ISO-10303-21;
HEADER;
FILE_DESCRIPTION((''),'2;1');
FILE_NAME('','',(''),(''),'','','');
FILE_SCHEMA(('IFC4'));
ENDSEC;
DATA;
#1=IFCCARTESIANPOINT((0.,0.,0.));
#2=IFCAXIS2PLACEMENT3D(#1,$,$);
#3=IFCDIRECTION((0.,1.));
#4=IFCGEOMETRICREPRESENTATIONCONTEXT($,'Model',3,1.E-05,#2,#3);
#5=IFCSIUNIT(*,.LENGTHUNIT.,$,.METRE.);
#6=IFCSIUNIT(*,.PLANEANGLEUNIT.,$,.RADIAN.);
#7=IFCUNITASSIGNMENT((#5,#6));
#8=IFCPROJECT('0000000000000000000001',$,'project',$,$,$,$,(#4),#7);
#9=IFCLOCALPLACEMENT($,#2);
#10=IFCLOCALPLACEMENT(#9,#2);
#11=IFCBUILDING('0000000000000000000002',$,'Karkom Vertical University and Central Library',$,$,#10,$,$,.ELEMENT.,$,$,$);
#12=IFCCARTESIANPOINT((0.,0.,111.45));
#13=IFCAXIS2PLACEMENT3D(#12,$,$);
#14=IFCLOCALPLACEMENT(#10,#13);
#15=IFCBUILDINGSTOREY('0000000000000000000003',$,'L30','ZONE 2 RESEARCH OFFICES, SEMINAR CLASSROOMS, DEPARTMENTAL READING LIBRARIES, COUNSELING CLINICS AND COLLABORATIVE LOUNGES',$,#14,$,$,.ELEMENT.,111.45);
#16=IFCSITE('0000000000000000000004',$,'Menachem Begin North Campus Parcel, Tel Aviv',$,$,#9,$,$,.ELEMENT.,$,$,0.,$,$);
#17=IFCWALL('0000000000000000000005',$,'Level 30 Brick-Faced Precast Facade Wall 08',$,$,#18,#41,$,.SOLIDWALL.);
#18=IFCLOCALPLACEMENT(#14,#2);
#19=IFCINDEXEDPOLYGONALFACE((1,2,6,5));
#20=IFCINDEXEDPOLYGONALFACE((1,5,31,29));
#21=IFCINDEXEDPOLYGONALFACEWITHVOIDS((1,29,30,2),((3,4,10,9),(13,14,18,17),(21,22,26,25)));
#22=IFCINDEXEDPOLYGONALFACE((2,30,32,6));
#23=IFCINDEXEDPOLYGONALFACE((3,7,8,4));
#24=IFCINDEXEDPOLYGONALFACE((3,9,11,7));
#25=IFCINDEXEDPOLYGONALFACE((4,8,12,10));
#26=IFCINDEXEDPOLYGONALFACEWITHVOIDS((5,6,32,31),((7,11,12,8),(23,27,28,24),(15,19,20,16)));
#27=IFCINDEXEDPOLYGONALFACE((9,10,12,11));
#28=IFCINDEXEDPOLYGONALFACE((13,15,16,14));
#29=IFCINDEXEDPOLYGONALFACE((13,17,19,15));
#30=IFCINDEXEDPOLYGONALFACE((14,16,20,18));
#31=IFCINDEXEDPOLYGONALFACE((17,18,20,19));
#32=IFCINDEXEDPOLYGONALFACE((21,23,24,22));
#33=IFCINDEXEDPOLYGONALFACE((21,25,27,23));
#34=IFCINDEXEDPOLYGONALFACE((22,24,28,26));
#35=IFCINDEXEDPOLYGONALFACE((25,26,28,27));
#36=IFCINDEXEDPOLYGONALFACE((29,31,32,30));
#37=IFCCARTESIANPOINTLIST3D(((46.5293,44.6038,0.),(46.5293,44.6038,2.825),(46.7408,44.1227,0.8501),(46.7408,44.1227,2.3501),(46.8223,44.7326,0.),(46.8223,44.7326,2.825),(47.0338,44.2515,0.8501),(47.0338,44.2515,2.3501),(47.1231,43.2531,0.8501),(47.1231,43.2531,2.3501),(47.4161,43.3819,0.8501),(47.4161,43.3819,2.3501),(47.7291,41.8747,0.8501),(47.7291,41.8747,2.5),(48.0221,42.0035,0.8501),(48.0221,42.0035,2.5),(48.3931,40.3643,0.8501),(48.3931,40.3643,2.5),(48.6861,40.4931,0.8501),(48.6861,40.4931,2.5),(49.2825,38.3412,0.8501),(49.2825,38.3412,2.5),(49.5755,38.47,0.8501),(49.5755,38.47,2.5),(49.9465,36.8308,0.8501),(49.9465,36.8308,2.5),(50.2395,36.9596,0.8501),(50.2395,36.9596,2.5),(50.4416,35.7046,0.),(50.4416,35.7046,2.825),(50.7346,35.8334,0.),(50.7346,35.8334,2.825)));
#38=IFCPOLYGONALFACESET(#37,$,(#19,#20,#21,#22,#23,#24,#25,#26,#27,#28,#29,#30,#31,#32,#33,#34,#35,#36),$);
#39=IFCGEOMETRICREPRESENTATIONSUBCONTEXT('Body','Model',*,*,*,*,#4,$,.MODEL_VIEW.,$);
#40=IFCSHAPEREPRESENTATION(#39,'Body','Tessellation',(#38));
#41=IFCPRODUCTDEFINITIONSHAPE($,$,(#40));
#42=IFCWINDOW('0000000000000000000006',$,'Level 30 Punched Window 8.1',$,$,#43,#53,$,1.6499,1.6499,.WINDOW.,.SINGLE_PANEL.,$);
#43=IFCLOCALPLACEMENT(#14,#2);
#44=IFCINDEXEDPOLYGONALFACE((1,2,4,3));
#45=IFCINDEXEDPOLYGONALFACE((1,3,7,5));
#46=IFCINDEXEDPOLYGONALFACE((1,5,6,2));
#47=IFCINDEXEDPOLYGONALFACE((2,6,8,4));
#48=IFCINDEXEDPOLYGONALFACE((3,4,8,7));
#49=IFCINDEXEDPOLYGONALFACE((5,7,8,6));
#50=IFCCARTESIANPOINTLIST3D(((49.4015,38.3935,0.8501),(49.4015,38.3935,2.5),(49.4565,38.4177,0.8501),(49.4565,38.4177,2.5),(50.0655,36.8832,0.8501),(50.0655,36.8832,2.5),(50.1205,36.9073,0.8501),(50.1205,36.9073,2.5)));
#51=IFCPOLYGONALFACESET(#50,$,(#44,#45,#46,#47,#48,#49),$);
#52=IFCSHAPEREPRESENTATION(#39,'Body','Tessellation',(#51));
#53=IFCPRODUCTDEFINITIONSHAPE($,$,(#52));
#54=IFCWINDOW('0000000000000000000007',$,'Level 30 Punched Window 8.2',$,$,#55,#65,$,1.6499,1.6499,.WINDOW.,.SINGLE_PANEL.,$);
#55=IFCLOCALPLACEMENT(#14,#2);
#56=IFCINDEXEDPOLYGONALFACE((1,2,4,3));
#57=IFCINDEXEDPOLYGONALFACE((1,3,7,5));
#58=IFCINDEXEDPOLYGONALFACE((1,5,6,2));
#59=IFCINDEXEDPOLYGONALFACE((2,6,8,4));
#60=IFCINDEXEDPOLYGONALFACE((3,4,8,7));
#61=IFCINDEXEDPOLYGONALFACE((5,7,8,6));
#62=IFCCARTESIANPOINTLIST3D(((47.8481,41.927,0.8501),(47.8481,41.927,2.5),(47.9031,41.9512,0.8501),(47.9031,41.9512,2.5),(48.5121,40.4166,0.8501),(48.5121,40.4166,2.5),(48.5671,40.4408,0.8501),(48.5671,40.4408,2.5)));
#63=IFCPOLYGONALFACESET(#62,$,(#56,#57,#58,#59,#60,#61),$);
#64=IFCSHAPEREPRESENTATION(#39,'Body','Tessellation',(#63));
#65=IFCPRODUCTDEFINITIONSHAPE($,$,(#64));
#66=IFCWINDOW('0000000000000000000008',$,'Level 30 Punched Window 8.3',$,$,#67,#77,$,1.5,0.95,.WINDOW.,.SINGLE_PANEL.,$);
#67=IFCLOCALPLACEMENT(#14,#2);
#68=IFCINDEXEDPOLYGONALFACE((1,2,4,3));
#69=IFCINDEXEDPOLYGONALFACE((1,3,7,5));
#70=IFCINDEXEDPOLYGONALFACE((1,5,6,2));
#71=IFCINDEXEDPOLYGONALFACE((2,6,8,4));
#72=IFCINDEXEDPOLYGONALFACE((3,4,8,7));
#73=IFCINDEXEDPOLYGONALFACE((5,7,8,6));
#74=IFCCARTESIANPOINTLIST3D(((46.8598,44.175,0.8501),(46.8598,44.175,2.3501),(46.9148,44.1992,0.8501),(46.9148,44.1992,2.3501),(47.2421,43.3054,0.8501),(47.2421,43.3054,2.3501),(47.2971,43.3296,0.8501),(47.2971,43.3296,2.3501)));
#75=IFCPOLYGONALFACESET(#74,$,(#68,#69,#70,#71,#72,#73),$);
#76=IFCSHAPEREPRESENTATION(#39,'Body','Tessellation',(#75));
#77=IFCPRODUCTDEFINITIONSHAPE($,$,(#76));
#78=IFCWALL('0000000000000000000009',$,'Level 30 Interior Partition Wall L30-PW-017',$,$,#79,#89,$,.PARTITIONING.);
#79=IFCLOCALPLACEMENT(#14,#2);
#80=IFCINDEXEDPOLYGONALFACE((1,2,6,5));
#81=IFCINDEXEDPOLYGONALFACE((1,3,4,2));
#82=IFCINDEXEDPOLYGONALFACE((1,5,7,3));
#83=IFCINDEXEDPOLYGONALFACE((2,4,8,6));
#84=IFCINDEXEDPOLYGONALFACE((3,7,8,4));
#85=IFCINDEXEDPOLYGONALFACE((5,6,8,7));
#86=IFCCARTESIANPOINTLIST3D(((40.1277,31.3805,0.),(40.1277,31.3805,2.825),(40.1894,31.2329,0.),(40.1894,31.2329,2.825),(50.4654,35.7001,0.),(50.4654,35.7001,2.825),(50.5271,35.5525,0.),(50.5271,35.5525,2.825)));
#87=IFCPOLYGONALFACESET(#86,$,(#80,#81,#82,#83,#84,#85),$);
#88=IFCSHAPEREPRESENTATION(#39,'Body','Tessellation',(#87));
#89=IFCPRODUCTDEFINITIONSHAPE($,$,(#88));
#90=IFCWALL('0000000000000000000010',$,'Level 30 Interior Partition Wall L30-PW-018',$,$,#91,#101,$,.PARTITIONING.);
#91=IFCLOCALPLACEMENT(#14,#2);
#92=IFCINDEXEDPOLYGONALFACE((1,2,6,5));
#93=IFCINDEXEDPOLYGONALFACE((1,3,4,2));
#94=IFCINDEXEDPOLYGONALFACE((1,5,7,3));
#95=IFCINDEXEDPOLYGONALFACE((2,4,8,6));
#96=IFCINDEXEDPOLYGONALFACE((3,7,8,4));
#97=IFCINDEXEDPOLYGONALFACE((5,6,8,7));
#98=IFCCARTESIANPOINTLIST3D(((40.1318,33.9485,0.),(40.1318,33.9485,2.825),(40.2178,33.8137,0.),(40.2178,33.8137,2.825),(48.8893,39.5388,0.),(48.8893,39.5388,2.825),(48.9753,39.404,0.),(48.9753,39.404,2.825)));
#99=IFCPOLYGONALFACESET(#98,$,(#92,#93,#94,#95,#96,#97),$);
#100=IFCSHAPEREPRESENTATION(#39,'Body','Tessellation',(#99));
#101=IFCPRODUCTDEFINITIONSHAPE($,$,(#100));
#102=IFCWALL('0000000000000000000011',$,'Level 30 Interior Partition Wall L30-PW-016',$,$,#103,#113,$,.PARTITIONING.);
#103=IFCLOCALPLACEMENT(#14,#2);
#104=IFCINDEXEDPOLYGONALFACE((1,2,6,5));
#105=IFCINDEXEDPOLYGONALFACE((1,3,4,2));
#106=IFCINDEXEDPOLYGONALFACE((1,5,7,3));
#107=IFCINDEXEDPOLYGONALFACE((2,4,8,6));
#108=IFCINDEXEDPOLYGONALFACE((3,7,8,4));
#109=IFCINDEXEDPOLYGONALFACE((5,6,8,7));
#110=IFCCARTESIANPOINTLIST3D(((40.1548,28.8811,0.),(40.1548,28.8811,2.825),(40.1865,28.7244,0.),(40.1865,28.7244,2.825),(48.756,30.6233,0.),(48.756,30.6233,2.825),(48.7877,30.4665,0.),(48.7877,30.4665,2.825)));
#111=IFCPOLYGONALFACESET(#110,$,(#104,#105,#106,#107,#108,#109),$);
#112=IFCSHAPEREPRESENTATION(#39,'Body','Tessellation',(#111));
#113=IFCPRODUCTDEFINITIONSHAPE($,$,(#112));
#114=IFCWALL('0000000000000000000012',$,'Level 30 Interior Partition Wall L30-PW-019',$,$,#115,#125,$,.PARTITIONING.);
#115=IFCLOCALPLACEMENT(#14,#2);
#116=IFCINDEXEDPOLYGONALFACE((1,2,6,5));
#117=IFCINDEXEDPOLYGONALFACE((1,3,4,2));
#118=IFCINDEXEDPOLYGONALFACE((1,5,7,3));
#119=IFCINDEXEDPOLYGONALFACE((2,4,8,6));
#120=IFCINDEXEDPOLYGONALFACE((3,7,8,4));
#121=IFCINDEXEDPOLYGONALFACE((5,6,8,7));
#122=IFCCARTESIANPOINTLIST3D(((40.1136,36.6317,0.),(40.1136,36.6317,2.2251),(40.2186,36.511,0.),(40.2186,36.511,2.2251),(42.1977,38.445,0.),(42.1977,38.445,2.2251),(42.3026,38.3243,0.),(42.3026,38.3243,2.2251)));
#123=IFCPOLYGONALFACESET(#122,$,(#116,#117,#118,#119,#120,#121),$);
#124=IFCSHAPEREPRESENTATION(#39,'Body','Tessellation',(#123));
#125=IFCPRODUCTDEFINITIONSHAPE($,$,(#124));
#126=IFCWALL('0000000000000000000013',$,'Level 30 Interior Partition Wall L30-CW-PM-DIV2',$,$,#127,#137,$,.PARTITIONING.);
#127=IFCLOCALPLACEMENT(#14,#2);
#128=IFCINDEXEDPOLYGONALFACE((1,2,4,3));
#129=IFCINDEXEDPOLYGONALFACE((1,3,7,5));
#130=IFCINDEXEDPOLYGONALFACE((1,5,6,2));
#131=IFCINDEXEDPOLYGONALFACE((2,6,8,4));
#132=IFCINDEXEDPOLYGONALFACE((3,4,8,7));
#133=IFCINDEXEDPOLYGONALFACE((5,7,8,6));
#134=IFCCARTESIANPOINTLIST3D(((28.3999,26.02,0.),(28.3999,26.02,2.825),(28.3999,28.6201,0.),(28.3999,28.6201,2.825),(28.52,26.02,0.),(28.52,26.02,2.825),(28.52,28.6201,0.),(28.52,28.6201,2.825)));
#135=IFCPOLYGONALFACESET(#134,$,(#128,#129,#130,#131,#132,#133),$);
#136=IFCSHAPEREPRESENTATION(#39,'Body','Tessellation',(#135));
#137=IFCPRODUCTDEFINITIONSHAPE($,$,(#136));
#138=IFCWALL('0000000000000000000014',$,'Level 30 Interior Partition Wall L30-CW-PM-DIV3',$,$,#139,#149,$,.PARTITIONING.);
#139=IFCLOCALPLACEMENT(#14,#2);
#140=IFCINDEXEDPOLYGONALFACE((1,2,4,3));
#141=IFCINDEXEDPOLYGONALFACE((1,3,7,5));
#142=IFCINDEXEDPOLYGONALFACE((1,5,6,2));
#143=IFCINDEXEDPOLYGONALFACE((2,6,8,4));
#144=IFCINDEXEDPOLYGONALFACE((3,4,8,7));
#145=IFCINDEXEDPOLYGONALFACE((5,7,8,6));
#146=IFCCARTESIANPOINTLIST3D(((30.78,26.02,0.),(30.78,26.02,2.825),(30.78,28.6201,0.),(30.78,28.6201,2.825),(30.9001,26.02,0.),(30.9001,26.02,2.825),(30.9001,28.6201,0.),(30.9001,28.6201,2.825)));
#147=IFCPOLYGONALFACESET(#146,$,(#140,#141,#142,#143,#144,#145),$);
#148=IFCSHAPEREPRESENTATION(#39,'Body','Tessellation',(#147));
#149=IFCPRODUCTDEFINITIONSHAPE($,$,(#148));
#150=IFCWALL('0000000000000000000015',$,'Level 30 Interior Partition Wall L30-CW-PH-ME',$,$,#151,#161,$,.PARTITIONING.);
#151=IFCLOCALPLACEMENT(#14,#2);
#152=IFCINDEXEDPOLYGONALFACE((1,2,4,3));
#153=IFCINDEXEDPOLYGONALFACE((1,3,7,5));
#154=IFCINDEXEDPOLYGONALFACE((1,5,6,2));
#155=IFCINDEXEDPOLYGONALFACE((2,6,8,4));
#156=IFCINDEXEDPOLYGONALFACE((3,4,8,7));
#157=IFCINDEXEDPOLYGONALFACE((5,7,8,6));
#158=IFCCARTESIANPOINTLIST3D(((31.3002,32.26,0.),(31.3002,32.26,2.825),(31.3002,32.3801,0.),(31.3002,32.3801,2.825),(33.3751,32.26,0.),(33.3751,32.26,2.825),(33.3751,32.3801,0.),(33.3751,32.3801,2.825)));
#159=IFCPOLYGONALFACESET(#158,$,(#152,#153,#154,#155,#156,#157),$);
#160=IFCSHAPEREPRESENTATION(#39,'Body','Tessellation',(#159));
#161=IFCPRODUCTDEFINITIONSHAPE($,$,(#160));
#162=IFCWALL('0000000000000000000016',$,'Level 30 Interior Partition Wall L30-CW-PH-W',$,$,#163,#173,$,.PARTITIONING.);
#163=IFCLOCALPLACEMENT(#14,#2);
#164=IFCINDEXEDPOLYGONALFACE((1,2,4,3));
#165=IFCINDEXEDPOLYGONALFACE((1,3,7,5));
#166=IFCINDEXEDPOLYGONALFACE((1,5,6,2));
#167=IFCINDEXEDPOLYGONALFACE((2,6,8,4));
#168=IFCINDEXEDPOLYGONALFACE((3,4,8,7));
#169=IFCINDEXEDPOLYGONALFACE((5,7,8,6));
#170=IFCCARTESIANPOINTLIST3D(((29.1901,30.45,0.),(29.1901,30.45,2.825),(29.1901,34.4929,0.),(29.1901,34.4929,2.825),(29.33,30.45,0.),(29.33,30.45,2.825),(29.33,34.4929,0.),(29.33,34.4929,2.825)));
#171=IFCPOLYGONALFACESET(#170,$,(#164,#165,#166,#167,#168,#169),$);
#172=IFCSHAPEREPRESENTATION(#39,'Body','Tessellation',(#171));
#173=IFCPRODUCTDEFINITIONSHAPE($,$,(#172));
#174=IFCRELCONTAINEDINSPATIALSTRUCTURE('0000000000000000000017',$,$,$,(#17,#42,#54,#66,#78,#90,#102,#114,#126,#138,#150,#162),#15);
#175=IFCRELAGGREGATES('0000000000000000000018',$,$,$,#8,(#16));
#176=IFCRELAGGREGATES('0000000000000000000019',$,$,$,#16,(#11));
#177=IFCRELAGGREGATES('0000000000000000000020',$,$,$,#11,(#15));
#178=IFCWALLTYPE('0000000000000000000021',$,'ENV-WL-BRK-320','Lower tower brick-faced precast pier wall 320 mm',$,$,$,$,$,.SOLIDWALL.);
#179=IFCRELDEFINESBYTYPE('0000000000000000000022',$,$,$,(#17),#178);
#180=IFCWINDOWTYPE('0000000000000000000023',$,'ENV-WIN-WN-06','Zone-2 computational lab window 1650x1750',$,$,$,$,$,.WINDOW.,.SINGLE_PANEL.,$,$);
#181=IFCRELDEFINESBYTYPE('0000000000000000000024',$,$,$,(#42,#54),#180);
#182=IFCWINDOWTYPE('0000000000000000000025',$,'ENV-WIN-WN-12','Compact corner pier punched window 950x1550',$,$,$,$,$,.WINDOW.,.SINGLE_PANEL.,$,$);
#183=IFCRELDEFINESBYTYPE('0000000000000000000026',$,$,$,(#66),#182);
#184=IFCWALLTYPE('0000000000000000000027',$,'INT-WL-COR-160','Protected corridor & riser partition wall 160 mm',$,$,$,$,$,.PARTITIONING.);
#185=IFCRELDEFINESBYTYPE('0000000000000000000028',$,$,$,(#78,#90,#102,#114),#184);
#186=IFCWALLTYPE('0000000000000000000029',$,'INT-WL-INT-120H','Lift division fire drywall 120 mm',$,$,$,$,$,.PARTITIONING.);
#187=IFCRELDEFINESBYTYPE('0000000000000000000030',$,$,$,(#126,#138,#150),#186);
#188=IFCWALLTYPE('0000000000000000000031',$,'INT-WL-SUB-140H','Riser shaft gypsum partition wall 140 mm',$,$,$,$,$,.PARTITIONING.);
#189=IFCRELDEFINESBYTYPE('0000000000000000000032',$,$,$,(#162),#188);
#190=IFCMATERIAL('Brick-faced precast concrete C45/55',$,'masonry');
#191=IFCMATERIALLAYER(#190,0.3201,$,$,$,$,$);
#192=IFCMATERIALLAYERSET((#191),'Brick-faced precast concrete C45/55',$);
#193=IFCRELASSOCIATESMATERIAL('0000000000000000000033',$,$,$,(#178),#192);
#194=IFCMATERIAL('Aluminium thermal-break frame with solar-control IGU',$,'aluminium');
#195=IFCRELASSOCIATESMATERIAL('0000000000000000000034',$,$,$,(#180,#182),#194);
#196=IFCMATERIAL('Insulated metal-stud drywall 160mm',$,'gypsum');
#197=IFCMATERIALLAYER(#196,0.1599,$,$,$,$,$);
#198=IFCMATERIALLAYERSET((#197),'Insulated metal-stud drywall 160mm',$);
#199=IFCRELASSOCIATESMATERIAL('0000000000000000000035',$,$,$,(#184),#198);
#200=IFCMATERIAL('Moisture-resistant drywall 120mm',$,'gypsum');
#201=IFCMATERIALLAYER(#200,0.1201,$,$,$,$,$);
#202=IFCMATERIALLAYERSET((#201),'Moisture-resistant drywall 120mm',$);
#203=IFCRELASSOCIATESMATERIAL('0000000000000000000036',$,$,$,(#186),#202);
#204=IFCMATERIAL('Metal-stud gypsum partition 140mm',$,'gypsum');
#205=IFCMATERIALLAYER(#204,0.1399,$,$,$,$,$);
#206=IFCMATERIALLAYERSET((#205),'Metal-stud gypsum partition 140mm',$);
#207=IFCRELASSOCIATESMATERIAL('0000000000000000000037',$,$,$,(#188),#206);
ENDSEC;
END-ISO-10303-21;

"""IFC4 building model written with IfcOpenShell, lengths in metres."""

from ifc_helpers import new_model, si_unit, direction, frame, frame_2d, origin, origin_with_axes, place, context, subcontext, project, spatial, rectangle, extrude, source, transform, mapped, material, layer, layer_set, type_object, element, fill, save


model = new_model("IFC4")

# Units and contexts
model_context = context("Model", 3, precision=1e-05, world=origin(), true_north=direction((0.0, 1.0)))
body_context = subcontext(model_context, "Body", "Model", "MODEL_VIEW")
ifc_project = project(units=[si_unit("LENGTHUNIT", "METRE"), si_unit("PLANEANGLEUNIT", "RADIAN")], contexts=[model_context])

# Site, building, storey
site_placement = place(None, origin())
site = spatial("IfcSite", under=ifc_project, at=site_placement, Name="Menachem Begin North Campus Parcel, Tel Aviv", CompositionType="ELEMENT", RefElevation=0.0)
building_placement = place(site_placement, origin())
building = spatial("IfcBuilding", under=site, at=building_placement, Name="Karkom Vertical University and Central Library", CompositionType="ELEMENT")
storey_placement = place(building_placement, frame((0.0, 0.0, 111.45)))
storey = spatial("IfcBuildingStorey", under=building, at=storey_placement, Name="L30", Description="ZONE 2 RESEARCH OFFICES, SEMINAR CLASSROOMS, DEPARTMENTAL READING LIBRARIES, COUNSELING CLINICS AND COLLABORATIVE LOUNGES", CompositionType="ELEMENT", Elevation=111.45)

# Wall, openings, windows
ifc_material_1 = material(Name="Brick-faced precast concrete C45/55", Category="masonry")
ifc_layer_1 = layer(ifc_material_1, 0.3201)
ifc_layer_set_1 = layer_set([ifc_layer_1], Name="Brick-faced precast concrete C45/55")
wall_type_1 = type_object("IfcWallType", Name="ENV-WL-BRK-320", Description="Lower tower brick-faced precast pier wall 320 mm", PredefinedType="SOLIDWALL", material=ifc_layer_set_1)
wall_1_placement = place(storey_placement, frame((50.5881, 35.769, 0.0), z_axis=(0.0, 0.0, 1.0), x_axis=(-0.402456, 0.915439, 0.0)))
wall_1 = element("IfcWall", 1, at=wall_1_placement, inside=storey, type_object=wall_type_1, Name="Level 30 Brick-Faced Precast Facade Wall 08", PredefinedType="SOLIDWALL", context=body_context, shape_type="SweptSolid", body=[
    extrude(rectangle(XDim=9.7212, YDim=0.3201, at=frame_2d((4.8606, 0.0))), origin(), (0.0, 0.0, 1.0), 2.825),
])
opening_1_placement = place(wall_1_placement, frame((1.2302, 0.0, 0.8501)))
opening_1 = element("IfcOpeningElement", 2, at=opening_1_placement, cuts=wall_1, PredefinedType="OPENING", context=body_context, shape_type="SweptSolid", body=[
    extrude(rectangle(XDim=1.6499, YDim=1.6499, at=frame_2d((0.825, 0.825))), frame((0.0, 0.1699, 0.0), z_axis=(0.0, -1.0, 0.0), x_axis=(1.0, 0.0, 0.0)), (0.0, 0.0, 1.0), 0.3401),
])
opening_2_placement = place(wall_1_placement, frame((5.0901, 0.0, 0.8501)))
opening_2 = element("IfcOpeningElement", 3, at=opening_2_placement, cuts=wall_1, PredefinedType="OPENING", context=body_context, shape_type="SweptSolid", body=[
    extrude(rectangle(XDim=1.6499, YDim=1.6499, at=frame_2d((0.825, 0.825))), frame((0.0, 0.1699, 0.0), z_axis=(0.0, -1.0, 0.0), x_axis=(1.0, 0.0, 0.0)), (0.0, 0.0, 1.0), 0.3401),
])
opening_3_placement = place(wall_1_placement, frame((8.2456, 0.0, 0.8501)))
opening_3 = element("IfcOpeningElement", 4, at=opening_3_placement, cuts=wall_1, PredefinedType="OPENING", context=body_context, shape_type="SweptSolid", body=[
    extrude(rectangle(XDim=0.95, YDim=1.5, at=frame_2d((0.4751, 0.75))), frame((0.0, 0.1699, 0.0), z_axis=(0.0, -1.0, 0.0), x_axis=(1.0, 0.0, 0.0)), (0.0, 0.0, 1.0), 0.3401),
])
ifc_material_2 = material(Name="Aluminium thermal-break frame with solar-control IGU", Category="aluminium")
window_type_1 = type_object("IfcWindowType", Name="ENV-WIN-WN-06", Description="Zone-2 computational lab window 1650x1750", PartitioningType="SINGLE_PANEL", PredefinedType="WINDOW", material=ifc_material_2)
shared_shape_1 = source(origin_with_axes(), body_context, "Body", "SweptSolid", [
    extrude(rectangle(XDim=1.6499, YDim=1.6499, at=frame_2d((0.825, 0.825))), frame((0.0, 0.03, 0.0), z_axis=(0.0, -1.0, 0.0), x_axis=(1.0, 0.0, 0.0)), (0.0, 0.0, 1.0), 0.0601),
])
window_1_placement = place(opening_1_placement, origin())
window_1 = element("IfcWindow", 5, at=window_1_placement, inside=storey, type_object=window_type_1, Name="Level 30 Punched Window 8.1", OverallHeight=1.6499, OverallWidth=1.6499, PartitioningType="SINGLE_PANEL", PredefinedType="WINDOW", context=body_context, shape_type="MappedRepresentation", body=[
    mapped(shared_shape_1, transform((0.0, 0.0, 0.0), scale=1.0)),
])
fill(opening_1, window_1)
window_2_placement = place(opening_2_placement, origin())
window_2 = element("IfcWindow", 6, at=window_2_placement, inside=storey, type_object=window_type_1, Name="Level 30 Punched Window 8.2", OverallHeight=1.6499, OverallWidth=1.6499, PartitioningType="SINGLE_PANEL", PredefinedType="WINDOW", context=body_context, shape_type="MappedRepresentation", body=[
    mapped(shared_shape_1, transform((0.0, 0.0, 0.0), scale=1.0)),
])
fill(opening_2, window_2)
window_type_2 = type_object("IfcWindowType", Name="ENV-WIN-WN-12", Description="Compact corner pier punched window 950x1550", PartitioningType="SINGLE_PANEL", PredefinedType="WINDOW", material=ifc_material_2)
shared_shape_2 = source(origin_with_axes(), body_context, "Body", "SweptSolid", [
    extrude(rectangle(XDim=0.95, YDim=1.5, at=frame_2d((0.4751, 0.75))), frame((0.0, 0.03, 0.0), z_axis=(0.0, -1.0, 0.0), x_axis=(1.0, 0.0, 0.0)), (0.0, 0.0, 1.0), 0.0601),
])
window_3_placement = place(opening_3_placement, origin())
window_3 = element("IfcWindow", 7, at=window_3_placement, inside=storey, type_object=window_type_2, Name="Level 30 Punched Window 8.3", OverallHeight=1.5, OverallWidth=0.95, PartitioningType="SINGLE_PANEL", PredefinedType="WINDOW", context=body_context, shape_type="MappedRepresentation", body=[
    mapped(shared_shape_2, transform((0.0, 0.0, 0.0), scale=1.0)),
])
fill(opening_3, window_3)

# Walls
ifc_material_3 = material(Name="Insulated metal-stud drywall 160mm", Category="gypsum")
ifc_layer_2 = layer(ifc_material_3, 0.1599)
ifc_layer_set_2 = layer_set([ifc_layer_2], Name="Insulated metal-stud drywall 160mm")
wall_type_2 = type_object("IfcWallType", Name="INT-WL-COR-160", Description="Protected corridor & riser partition wall 160 mm", PredefinedType="PARTITIONING", material=ifc_layer_set_2)
wall_2_placement = place(storey_placement, frame((40.1584, 31.3066, 0.0), z_axis=(0.0, 0.0, 1.0), x_axis=(0.922689, 0.385545, 0.0)))
element("IfcWall", 8, at=wall_2_placement, inside=storey, type_object=wall_type_2, Name="Level 30 Interior Partition Wall L30-PW-017", PredefinedType="PARTITIONING", context=body_context, shape_type="SweptSolid", body=[
    extrude(rectangle(XDim=11.2039, YDim=0.1599, at=frame_2d((5.6021, 0.0))), origin(), (0.0, 0.0, 1.0), 2.825),
])
wall_3_placement = place(storey_placement, frame((40.1748, 33.8811, 0.0), z_axis=(0.0, 0.0, 1.0), x_axis=(0.842905, 0.538062, 0.0)))
element("IfcWall", 9, at=wall_3_placement, inside=storey, type_object=wall_type_2, Name="Level 30 Interior Partition Wall L30-PW-018", PredefinedType="PARTITIONING", context=body_context, shape_type="SweptSolid", body=[
    extrude(rectangle(XDim=10.3896, YDim=0.1599, at=frame_2d((5.1948, 0.0))), origin(), (0.0, 0.0, 1.0), 2.825),
])
wall_4_placement = place(storey_placement, frame((40.1707, 28.8027, 0.0), z_axis=(0.0, 0.0, 1.0), x_axis=(0.980097, 0.198518, 0.0)))
element("IfcWall", 10, at=wall_4_placement, inside=storey, type_object=wall_type_2, Name="Level 30 Interior Partition Wall L30-PW-016", PredefinedType="PARTITIONING", context=body_context, shape_type="SweptSolid", body=[
    extrude(rectangle(XDim=8.7759, YDim=0.1599, at=frame_2d((4.3879, 0.0))), origin(), (0.0, 0.0, 1.0), 2.825),
])
wall_5_placement = place(storey_placement, frame((40.166, 36.5713, 0.0), z_axis=(0.0, 0.0, 1.0), x_axis=(0.754413, 0.6564, 0.0)))
element("IfcWall", 11, at=wall_5_placement, inside=storey, type_object=wall_type_2, Name="Level 30 Interior Partition Wall L30-PW-019", PredefinedType="PARTITIONING", context=body_context, shape_type="SweptSolid", body=[
    extrude(rectangle(XDim=2.7625, YDim=0.1599, at=frame_2d((1.3813, 0.0))), origin(), (0.0, 0.0, 1.0), 2.2251),
])
ifc_material_4 = material(Name="Moisture-resistant drywall 120mm", Category="gypsum")
ifc_layer_3 = layer(ifc_material_4, 0.1201)
ifc_layer_set_3 = layer_set([ifc_layer_3], Name="Moisture-resistant drywall 120mm")
wall_type_3 = type_object("IfcWallType", Name="INT-WL-INT-120H", Description="Lift division fire drywall 120 mm", PredefinedType="PARTITIONING", material=ifc_layer_set_3)
for number, where, z_axis, x_axis, name in (
    (12, (28.46, 26.02, 0.0), (0.0, 0.0, 1.0), (0.0, 1.0, 0.0), "Level 30 Interior Partition Wall L30-CW-PM-DIV2"),
    (13, (30.8401, 26.02, 0.0), (0.0, 0.0, 1.0), (0.0, 1.0, 0.0), "Level 30 Interior Partition Wall L30-CW-PM-DIV3"),
):
    element("IfcWall", number, at=place(storey_placement, frame(where, z_axis=z_axis, x_axis=x_axis)), inside=storey, type_object=wall_type_3, Name=name, PredefinedType="PARTITIONING", context=body_context, shape_type="SweptSolid", body=[
        extrude(rectangle(XDim=2.6001, YDim=0.1201, at=frame_2d((1.3, 0.0))), origin(), (0.0, 0.0, 1.0), 2.825),
    ])
wall_6_placement = place(storey_placement, frame((31.3, 32.3201, 0.0), z_axis=(0.0, 0.0, 1.0), x_axis=(1.0, 0.0, 0.0)))
element("IfcWall", 14, at=wall_6_placement, inside=storey, type_object=wall_type_3, Name="Level 30 Interior Partition Wall L30-CW-PH-ME", PredefinedType="PARTITIONING", context=body_context, shape_type="SweptSolid", body=[
    extrude(rectangle(XDim=2.075, YDim=0.1201, at=frame_2d((1.0376, 0.0))), origin(), (0.0, 0.0, 1.0), 2.825),
])
ifc_material_5 = material(Name="Metal-stud gypsum partition 140mm", Category="gypsum")
ifc_layer_4 = layer(ifc_material_5, 0.1399)
ifc_layer_set_4 = layer_set([ifc_layer_4], Name="Metal-stud gypsum partition 140mm")
wall_type_4 = type_object("IfcWallType", Name="INT-WL-SUB-140H", Description="Riser shaft gypsum partition wall 140 mm", PredefinedType="PARTITIONING", material=ifc_layer_set_4)
for number, where, z_axis, x_axis, name in (
    (15, (29.26, 30.45, 0.0), (0.0, 0.0, 1.0), (0.0, 1.0, 0.0), "Level 30 Interior Partition Wall L30-CW-PH-W"),
):
    element("IfcWall", number, at=place(storey_placement, frame(where, z_axis=z_axis, x_axis=x_axis)), inside=storey, type_object=wall_type_4, Name=name, PredefinedType="PARTITIONING", context=body_context, shape_type="SweptSolid", body=[
        extrude(rectangle(XDim=4.043, YDim=0.1399, at=frame_2d((2.0215, 0.0))), origin(), (0.0, 0.0, 1.0), 2.825),
    ])

save(model, "model.ifc")
